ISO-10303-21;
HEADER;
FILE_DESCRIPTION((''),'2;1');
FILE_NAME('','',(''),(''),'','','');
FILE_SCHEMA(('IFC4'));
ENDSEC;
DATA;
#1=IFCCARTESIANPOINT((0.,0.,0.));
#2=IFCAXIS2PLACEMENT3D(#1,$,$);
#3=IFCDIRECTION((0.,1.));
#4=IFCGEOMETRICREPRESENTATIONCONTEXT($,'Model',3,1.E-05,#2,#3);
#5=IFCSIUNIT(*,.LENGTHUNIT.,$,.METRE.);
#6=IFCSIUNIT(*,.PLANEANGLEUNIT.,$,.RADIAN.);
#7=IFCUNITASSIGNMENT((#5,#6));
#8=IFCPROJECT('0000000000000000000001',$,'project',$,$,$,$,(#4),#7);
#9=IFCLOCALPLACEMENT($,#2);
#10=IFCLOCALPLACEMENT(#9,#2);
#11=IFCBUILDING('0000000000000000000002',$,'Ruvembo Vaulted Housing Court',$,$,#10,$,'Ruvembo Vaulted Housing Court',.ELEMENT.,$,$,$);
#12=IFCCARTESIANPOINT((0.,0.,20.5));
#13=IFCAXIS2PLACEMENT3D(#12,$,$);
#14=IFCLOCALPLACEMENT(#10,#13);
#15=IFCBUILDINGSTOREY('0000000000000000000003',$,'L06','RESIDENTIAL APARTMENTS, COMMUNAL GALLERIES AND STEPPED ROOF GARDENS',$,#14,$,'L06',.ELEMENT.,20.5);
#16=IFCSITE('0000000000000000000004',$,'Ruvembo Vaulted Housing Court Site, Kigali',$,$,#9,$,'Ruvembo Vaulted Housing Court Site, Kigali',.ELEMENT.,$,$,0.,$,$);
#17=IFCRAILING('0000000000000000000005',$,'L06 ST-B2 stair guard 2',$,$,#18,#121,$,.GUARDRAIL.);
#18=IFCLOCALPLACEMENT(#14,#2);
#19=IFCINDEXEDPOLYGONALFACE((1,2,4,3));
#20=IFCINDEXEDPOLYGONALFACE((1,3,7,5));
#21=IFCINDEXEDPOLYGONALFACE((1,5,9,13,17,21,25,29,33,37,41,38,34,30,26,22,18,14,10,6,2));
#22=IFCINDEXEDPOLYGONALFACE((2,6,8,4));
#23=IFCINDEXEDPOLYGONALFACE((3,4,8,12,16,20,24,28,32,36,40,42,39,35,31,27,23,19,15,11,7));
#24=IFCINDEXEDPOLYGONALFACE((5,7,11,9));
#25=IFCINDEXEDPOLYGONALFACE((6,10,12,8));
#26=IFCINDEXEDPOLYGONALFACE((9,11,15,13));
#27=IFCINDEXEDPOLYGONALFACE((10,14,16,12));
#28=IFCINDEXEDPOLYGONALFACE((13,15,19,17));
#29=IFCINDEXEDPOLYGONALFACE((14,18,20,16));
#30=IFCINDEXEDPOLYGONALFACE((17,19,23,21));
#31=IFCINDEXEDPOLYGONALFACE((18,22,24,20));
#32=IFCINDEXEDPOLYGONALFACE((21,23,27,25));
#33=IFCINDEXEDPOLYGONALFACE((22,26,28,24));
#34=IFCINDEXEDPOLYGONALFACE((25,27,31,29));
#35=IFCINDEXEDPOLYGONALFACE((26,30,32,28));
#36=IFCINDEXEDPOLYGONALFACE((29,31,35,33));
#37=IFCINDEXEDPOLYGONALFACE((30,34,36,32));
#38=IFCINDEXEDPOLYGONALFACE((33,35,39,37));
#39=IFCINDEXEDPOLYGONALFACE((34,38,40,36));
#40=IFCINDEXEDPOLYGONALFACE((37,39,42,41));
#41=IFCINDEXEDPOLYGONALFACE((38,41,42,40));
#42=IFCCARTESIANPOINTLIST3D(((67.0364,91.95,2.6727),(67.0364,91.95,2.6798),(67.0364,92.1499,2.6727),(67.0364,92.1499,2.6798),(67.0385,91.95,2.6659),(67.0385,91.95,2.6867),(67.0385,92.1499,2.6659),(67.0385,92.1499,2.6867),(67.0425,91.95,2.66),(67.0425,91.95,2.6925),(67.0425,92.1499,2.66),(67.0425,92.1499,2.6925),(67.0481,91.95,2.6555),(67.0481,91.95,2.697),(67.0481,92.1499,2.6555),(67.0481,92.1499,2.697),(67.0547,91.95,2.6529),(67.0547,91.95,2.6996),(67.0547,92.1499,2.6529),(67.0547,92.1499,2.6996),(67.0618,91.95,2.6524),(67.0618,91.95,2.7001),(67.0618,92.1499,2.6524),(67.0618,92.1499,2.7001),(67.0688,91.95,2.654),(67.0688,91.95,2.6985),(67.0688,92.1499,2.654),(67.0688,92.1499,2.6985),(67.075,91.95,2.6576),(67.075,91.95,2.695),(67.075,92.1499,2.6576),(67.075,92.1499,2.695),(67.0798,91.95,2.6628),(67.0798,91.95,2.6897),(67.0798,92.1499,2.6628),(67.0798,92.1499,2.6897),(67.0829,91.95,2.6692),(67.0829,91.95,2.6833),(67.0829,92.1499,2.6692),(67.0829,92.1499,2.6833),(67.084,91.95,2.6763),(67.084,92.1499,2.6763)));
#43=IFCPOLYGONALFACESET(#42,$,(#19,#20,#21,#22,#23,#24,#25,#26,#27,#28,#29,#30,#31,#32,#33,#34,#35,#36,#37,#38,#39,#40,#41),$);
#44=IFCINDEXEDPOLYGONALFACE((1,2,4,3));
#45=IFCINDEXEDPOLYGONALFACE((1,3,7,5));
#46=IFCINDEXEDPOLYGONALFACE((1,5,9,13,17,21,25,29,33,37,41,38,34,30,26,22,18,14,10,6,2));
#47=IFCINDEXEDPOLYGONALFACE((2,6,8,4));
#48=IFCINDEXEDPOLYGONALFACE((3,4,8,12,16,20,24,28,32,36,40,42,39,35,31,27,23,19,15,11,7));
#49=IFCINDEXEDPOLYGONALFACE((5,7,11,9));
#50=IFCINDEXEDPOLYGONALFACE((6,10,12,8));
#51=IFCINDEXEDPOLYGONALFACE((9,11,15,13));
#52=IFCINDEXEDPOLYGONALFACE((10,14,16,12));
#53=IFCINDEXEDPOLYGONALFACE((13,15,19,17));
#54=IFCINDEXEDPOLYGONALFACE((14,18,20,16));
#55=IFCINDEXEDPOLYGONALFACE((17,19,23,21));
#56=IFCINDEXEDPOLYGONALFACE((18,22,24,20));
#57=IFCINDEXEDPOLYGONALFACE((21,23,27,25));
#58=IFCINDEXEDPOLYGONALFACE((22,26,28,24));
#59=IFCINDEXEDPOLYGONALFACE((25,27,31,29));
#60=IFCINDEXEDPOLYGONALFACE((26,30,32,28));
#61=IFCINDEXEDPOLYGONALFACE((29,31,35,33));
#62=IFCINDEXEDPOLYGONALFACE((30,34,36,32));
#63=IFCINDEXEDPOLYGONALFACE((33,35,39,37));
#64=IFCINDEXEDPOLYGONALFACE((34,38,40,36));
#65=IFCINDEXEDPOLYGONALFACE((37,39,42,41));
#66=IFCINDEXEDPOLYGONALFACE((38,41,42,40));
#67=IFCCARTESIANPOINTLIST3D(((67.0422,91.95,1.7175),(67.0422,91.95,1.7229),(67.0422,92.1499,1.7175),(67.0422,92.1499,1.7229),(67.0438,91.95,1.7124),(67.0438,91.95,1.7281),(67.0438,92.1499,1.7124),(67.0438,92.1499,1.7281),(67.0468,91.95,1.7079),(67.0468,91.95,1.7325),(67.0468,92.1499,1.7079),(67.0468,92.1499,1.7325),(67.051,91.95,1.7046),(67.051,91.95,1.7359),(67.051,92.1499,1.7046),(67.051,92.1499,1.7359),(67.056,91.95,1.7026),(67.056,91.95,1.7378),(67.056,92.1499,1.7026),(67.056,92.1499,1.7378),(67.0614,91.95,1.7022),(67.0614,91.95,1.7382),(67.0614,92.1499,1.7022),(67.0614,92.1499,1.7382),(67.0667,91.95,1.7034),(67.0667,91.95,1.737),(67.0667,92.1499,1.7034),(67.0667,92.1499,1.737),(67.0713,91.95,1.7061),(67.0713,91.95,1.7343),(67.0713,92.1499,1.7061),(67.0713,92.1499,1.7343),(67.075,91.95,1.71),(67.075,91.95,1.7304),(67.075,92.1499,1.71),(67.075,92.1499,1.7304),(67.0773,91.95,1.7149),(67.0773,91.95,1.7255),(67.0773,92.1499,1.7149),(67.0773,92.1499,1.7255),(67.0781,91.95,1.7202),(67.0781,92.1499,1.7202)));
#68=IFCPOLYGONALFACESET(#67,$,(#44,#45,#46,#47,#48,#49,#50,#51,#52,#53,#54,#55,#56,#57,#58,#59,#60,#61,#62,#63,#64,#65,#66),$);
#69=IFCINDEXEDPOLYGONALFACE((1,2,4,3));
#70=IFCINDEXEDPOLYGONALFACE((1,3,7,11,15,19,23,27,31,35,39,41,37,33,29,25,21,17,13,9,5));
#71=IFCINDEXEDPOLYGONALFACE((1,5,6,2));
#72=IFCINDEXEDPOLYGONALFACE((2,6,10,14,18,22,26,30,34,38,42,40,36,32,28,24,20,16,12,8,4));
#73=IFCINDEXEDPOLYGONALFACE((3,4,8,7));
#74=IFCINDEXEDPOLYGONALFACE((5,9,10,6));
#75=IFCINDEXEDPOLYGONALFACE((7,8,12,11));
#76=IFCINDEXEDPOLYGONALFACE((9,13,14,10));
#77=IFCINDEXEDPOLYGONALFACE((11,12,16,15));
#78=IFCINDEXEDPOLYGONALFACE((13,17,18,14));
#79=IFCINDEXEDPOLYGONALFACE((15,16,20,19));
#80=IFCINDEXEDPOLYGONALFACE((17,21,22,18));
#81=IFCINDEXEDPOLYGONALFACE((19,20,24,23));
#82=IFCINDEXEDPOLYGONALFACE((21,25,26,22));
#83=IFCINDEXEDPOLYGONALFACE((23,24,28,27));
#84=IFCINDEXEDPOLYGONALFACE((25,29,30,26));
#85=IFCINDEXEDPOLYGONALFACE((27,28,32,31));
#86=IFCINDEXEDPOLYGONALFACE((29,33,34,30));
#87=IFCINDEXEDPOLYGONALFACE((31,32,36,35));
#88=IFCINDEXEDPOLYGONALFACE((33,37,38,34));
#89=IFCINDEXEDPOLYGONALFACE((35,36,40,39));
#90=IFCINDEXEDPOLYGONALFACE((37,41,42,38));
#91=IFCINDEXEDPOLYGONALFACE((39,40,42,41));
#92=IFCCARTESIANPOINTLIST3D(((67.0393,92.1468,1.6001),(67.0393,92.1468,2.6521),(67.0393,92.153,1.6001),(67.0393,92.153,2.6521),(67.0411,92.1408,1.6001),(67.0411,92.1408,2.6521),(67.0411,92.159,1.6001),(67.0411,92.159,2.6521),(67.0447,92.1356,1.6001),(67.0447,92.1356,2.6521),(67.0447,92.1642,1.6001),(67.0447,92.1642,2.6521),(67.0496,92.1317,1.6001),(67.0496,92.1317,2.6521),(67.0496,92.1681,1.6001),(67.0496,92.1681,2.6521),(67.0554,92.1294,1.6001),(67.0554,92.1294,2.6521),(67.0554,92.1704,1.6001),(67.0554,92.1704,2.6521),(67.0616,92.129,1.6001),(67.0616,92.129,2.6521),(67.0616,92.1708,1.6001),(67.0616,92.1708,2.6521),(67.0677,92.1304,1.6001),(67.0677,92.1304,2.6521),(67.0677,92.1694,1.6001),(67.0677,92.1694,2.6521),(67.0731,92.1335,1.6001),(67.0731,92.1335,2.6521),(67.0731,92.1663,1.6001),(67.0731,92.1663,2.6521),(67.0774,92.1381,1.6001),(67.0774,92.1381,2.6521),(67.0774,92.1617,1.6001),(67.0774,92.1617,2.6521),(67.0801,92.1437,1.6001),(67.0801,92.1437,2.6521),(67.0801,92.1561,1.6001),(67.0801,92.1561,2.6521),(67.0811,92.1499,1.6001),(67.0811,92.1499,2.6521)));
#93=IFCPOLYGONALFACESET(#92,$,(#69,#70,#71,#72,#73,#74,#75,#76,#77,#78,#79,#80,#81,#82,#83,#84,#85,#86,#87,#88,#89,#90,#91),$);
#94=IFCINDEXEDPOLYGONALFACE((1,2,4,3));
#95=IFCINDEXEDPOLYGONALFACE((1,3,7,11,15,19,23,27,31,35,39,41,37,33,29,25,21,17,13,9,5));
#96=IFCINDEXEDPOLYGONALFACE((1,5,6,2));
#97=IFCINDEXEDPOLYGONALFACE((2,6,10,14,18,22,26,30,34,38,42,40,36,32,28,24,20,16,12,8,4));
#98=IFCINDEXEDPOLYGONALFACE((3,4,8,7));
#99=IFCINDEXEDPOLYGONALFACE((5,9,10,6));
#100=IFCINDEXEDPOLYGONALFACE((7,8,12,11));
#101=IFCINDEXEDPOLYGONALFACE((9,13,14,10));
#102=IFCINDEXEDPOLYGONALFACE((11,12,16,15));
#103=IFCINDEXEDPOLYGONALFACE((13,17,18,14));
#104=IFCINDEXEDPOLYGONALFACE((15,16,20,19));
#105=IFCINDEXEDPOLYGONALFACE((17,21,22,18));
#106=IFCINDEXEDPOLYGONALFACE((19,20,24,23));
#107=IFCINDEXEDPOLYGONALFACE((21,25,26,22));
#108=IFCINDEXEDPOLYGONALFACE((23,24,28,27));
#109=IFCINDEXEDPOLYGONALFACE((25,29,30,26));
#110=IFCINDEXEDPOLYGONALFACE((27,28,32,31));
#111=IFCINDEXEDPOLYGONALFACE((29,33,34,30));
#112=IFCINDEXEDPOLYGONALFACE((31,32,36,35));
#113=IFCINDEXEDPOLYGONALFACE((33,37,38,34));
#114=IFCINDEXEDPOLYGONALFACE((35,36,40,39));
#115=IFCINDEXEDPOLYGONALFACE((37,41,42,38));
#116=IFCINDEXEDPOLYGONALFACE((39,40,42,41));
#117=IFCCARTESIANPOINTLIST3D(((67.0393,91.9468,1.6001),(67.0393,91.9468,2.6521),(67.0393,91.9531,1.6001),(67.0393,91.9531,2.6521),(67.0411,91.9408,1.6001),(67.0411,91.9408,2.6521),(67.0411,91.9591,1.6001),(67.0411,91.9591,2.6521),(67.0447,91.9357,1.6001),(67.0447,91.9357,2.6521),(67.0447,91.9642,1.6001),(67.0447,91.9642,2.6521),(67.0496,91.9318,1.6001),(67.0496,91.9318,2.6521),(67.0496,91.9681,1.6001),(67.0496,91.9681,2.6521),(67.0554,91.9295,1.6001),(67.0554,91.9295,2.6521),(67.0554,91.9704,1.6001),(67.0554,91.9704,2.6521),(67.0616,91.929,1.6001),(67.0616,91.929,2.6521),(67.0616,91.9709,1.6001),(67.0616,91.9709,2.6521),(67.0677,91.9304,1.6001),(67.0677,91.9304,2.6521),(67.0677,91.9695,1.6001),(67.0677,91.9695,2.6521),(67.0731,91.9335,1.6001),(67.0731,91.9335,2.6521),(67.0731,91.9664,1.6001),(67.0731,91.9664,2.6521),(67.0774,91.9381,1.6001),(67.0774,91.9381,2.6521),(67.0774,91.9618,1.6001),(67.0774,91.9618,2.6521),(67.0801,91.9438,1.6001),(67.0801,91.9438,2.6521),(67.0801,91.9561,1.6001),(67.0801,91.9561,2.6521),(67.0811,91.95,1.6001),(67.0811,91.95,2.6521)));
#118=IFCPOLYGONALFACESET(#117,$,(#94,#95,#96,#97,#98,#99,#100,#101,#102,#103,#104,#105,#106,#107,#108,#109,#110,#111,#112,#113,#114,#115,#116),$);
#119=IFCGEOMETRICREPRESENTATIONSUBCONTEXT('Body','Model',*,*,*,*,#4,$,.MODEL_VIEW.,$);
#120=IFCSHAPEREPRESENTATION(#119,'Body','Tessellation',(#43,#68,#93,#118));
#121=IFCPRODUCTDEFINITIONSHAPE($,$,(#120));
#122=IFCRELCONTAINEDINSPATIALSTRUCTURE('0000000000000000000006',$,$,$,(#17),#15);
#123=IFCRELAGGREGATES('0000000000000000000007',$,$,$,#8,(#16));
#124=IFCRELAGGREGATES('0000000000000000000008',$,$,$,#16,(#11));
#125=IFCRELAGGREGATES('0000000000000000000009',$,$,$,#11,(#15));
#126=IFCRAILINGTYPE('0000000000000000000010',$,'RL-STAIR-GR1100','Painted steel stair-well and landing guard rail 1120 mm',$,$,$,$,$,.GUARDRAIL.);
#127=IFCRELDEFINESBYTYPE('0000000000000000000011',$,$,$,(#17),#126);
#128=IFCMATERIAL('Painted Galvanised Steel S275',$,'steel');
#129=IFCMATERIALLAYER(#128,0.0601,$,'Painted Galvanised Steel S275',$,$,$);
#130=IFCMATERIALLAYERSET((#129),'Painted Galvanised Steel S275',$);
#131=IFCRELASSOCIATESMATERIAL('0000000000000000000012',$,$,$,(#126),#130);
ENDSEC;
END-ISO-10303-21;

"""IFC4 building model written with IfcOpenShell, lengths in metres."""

from ifc_helpers import new_model, si_unit, direction, frame, origin, origin_2d, place, context, subcontext, project, spatial, circle, extrude, material, layer, layer_set, type_object, element, save


model = new_model("IFC4")

# Units and contexts
model_context = context("Model", 3, precision=1e-05, world=origin(), true_north=direction((0.0, 1.0)))
body_context = subcontext(model_context, "Body", "Model", "MODEL_VIEW")
ifc_project = project(units=[si_unit("LENGTHUNIT", "METRE"), si_unit("PLANEANGLEUNIT", "RADIAN")], contexts=[model_context])

# Site, building, storey
site_placement = place(None, origin())
site = spatial("IfcSite", under=ifc_project, at=site_placement, Name="Ruvembo Vaulted Housing Court Site, Kigali", LongName="Ruvembo Vaulted Housing Court Site, Kigali", CompositionType="ELEMENT", RefElevation=0.0)
building_placement = place(site_placement, origin())
building = spatial("IfcBuilding", under=site, at=building_placement, Name="Ruvembo Vaulted Housing Court", LongName="Ruvembo Vaulted Housing Court", CompositionType="ELEMENT")
storey_placement = place(building_placement, frame((0.0, 0.0, 20.5)))
storey = spatial("IfcBuildingStorey", under=building, at=storey_placement, Name="L06", Description="RESIDENTIAL APARTMENTS, COMMUNAL GALLERIES AND STEPPED ROOF GARDENS", LongName="L06", CompositionType="ELEMENT", Elevation=20.5)

# Railing
ifc_material_1 = material(Name="Painted Galvanised Steel S275", Category="steel")
ifc_layer_1 = layer(ifc_material_1, 0.0601, Name="Painted Galvanised Steel S275")
ifc_layer_set_1 = layer_set([ifc_layer_1], Name="Painted Galvanised Steel S275")
railing_type_1 = type_object("IfcRailingType", Name="RL-STAIR-GR1100", Description="Painted steel stair-well and landing guard rail 1120 mm", PredefinedType="GUARDRAIL", material=ifc_layer_set_1)
railing_1_placement = place(storey_placement, frame((67.0601, 92.1499, 1.6001)))
element("IfcRailing", 1, at=railing_1_placement, inside=storey, type_object=railing_type_1, Name="L06 ST-B2 stair guard 2", PredefinedType="GUARDRAIL", context=body_context, shape_type="SweptSolid", body=[
    extrude(circle(Radius=0.0239, at=origin_2d()), frame((0.0, 0.0, 1.0762), z_axis=(0.0, -1.0, 0.0), x_axis=(1.0, 0.0, 0.0)), (0.0, 0.0, 1.0), 0.2),
    extrude(circle(Radius=0.0181, at=origin_2d()), frame((0.0, 0.0, 0.1201), z_axis=(0.0, -1.0, 0.0), x_axis=(1.0, 0.0, 0.0)), (0.0, 0.0, 1.0), 0.2),
    extrude(circle(Radius=0.021, at=origin_2d()), origin(), (0.0, 0.0, 1.0), 1.052),
    extrude(circle(Radius=0.021, at=origin_2d()), frame((0.0, -0.2, 0.0)), (0.0, 0.0, 1.0), 1.052),
])

save(model, "model.ifc")
